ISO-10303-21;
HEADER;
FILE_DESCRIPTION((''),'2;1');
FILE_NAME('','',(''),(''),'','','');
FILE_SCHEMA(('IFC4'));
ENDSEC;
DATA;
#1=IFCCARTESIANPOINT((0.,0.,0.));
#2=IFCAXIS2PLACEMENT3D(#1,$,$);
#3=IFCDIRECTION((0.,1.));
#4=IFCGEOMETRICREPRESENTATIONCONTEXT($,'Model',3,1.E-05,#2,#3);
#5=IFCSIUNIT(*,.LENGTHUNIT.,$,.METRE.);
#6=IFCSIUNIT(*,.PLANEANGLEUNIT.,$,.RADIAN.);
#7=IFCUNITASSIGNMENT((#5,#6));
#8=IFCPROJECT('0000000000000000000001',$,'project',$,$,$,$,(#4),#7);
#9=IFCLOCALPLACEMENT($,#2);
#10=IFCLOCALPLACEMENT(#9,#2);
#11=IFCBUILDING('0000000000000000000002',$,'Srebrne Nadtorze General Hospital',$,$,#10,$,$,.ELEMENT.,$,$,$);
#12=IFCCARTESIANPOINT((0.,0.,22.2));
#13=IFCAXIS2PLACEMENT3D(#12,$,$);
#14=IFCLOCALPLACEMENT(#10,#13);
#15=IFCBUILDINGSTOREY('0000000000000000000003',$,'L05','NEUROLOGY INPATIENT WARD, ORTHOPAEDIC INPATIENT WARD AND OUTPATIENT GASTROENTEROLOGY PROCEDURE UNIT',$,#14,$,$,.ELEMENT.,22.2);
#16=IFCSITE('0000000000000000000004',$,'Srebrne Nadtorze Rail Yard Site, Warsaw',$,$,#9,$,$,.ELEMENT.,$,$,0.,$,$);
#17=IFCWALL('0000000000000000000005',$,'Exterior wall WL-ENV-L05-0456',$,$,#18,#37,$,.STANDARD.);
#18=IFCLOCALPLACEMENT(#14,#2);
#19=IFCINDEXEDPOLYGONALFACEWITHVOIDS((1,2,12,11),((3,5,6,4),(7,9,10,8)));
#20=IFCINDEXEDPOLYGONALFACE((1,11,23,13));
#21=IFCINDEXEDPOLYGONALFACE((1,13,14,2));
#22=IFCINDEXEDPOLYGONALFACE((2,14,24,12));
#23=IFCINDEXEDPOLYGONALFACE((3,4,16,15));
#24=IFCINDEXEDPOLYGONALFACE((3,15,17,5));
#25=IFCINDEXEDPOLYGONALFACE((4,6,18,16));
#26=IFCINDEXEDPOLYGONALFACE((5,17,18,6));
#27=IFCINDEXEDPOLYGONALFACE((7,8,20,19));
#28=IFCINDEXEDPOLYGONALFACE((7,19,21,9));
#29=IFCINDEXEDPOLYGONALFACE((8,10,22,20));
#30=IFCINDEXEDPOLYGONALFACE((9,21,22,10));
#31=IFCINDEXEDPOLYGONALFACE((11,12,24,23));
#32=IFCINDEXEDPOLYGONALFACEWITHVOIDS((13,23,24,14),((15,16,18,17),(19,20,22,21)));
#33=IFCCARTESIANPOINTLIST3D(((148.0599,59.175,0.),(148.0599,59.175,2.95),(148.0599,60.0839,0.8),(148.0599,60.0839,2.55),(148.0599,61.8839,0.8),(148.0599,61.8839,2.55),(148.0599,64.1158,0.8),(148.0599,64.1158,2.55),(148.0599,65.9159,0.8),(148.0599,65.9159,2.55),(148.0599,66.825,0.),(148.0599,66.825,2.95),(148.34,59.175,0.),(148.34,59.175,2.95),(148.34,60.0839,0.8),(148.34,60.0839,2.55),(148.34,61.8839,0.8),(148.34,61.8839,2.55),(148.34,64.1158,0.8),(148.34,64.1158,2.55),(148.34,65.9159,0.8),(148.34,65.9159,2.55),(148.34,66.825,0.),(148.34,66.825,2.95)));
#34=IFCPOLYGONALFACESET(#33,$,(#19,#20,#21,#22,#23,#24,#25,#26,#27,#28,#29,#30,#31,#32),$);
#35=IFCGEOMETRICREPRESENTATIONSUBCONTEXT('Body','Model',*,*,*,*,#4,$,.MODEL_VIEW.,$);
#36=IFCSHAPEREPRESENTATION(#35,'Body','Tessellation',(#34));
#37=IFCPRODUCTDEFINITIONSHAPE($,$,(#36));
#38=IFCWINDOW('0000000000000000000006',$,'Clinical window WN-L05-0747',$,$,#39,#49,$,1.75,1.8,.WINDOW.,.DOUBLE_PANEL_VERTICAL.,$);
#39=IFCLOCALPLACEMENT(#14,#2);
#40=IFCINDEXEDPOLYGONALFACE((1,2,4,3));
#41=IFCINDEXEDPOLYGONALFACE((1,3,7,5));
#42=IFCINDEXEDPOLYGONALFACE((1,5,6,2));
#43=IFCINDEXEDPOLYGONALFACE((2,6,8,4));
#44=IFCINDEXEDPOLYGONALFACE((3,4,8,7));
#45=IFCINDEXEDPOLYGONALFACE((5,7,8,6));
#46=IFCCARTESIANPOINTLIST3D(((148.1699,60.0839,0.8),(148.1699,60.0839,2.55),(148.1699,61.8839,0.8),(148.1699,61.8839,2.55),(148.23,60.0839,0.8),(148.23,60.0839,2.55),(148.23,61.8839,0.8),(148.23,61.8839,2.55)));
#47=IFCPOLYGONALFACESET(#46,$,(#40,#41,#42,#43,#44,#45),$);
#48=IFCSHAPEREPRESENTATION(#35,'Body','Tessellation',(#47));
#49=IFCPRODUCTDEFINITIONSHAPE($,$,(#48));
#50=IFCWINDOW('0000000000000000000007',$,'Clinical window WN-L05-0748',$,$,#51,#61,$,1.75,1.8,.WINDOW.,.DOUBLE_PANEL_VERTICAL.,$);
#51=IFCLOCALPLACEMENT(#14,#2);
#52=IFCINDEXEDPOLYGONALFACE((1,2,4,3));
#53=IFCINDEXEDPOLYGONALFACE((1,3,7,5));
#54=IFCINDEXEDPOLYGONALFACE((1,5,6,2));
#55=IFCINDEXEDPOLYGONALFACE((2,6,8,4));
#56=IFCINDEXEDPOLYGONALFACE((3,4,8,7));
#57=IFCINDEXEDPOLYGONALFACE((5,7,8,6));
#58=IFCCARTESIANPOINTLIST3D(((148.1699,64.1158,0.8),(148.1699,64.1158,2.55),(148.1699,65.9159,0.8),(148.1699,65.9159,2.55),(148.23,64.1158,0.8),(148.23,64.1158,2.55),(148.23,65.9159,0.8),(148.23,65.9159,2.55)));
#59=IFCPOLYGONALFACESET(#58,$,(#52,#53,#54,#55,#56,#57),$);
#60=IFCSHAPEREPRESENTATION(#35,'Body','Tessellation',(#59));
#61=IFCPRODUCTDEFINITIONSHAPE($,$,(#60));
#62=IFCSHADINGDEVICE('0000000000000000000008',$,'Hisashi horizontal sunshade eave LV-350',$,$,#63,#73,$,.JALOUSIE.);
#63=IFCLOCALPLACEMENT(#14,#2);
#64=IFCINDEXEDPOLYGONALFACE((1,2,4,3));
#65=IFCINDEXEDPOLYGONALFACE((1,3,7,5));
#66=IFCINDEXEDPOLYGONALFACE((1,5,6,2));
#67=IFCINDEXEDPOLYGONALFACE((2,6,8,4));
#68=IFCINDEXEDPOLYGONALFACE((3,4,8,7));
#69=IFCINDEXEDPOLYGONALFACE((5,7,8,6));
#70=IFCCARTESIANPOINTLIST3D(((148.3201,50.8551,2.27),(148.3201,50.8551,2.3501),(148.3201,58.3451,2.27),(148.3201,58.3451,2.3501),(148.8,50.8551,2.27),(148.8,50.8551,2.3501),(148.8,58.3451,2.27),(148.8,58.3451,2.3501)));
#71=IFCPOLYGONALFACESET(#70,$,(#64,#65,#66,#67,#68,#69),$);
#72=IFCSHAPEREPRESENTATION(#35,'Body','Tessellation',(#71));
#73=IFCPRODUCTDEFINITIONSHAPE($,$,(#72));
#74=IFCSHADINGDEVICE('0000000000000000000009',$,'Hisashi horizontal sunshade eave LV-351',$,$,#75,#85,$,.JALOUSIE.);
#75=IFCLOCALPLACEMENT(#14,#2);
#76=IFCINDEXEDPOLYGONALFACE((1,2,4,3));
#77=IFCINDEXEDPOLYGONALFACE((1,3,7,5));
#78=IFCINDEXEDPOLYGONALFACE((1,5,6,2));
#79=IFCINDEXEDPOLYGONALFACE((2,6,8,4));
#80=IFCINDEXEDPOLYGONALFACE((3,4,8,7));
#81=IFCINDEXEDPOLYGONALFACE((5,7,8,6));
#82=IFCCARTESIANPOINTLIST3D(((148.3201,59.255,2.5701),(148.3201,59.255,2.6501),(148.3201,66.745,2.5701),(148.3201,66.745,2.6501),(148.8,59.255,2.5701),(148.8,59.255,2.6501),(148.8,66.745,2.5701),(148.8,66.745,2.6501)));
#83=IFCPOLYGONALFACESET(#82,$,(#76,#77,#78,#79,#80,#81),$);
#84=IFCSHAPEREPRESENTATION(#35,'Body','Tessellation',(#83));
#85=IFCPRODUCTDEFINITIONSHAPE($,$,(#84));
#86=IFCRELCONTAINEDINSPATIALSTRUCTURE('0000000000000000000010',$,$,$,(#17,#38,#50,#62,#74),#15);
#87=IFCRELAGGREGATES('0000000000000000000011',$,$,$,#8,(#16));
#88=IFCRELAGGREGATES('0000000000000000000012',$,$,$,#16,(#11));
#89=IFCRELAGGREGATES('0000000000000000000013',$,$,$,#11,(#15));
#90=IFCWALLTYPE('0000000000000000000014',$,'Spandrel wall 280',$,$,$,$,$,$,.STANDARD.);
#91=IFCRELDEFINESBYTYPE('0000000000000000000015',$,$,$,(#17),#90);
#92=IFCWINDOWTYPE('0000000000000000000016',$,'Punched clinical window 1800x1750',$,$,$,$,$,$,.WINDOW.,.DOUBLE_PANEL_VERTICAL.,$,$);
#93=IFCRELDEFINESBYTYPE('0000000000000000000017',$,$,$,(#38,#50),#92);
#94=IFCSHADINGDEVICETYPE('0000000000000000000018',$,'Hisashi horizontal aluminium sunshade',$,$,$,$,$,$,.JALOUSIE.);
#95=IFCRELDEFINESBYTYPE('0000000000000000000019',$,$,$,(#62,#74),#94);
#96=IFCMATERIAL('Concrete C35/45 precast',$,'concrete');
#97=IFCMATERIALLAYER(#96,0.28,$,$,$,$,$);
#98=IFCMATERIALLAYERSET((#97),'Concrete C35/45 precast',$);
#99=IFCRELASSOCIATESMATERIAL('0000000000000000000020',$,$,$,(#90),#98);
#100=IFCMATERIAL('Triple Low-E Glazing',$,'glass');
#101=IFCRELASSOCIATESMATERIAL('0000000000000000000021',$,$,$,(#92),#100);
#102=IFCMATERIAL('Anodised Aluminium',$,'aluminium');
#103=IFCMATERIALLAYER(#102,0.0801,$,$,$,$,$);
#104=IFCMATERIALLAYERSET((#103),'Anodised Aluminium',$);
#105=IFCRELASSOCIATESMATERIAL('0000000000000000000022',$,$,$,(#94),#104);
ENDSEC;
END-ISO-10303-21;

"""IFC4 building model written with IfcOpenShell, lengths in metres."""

from ifc_helpers import new_model, si_unit, direction, frame, frame_2d, origin, origin_2d, place, context, subcontext, project, spatial, rectangle, extrude, material, layer, layer_set, type_object, element, fill, save


model = new_model("IFC4")

# Units and contexts
model_context = context("Model", 3, precision=1e-05, world=origin(), true_north=direction((0.0, 1.0)))
body_context = subcontext(model_context, "Body", "Model", "MODEL_VIEW")
ifc_project = project(units=[si_unit("LENGTHUNIT", "METRE"), si_unit("PLANEANGLEUNIT", "RADIAN")], contexts=[model_context])

# Site, building, storey
site_placement = place(None, origin())
site = spatial("IfcSite", under=ifc_project, at=site_placement, Name="Srebrne Nadtorze Rail Yard Site, Warsaw", CompositionType="ELEMENT", RefElevation=0.0)
building_placement = place(site_placement, origin())
building = spatial("IfcBuilding", under=site, at=building_placement, Name="Srebrne Nadtorze General Hospital", CompositionType="ELEMENT")
storey_placement = place(building_placement, frame((0.0, 0.0, 22.2)))
storey = spatial("IfcBuildingStorey", under=building, at=storey_placement, Name="L05", Description="NEUROLOGY INPATIENT WARD, ORTHOPAEDIC INPATIENT WARD AND OUTPATIENT GASTROENTEROLOGY PROCEDURE UNIT", CompositionType="ELEMENT", Elevation=22.2)

# Wall, openings, windows
ifc_material_1 = material(Name="Concrete C35/45 precast", Category="concrete")
ifc_layer_1 = layer(ifc_material_1, 0.28)
ifc_layer_set_1 = layer_set([ifc_layer_1], Name="Concrete C35/45 precast")
wall_type_1 = type_object("IfcWallType", Name="Spandrel wall 280", PredefinedType="STANDARD", material=ifc_layer_set_1)
wall_1_placement = place(storey_placement, frame((148.2, 59.175, 0.0), z_axis=(0.0, 0.0, 1.0), x_axis=(0.0, 1.0, 0.0)))
wall_1 = element("IfcWall", 1, at=wall_1_placement, inside=storey, type_object=wall_type_1, Name="Exterior wall WL-ENV-L05-0456", PredefinedType="STANDARD", context=body_context, shape_type="SweptSolid", body=[
    extrude(rectangle(XDim=7.6499, YDim=0.28, at=frame_2d((3.825, 0.0))), origin(), (0.0, 0.0, 1.0), 2.95),
])
opening_1_placement = place(wall_1_placement, frame((0.9089, 0.0, 0.8)))
opening_1 = element("IfcOpeningElement", 2, at=opening_1_placement, cuts=wall_1, PredefinedType="OPENING", context=body_context, shape_type="SweptSolid", body=[
    extrude(rectangle(XDim=1.8, YDim=1.75, at=frame_2d((0.8999, 0.875))), frame((0.0, 0.1519, 0.0), z_axis=(0.0, -1.0, 0.0), x_axis=(1.0, 0.0, 0.0)), (0.0, 0.0, 1.0), 0.304),
])
opening_2_placement = place(wall_1_placement, frame((4.9409, 0.0, 0.8)))
opening_2 = element("IfcOpeningElement", 3, at=opening_2_placement, cuts=wall_1, PredefinedType="OPENING", context=body_context, shape_type="SweptSolid", body=[
    extrude(rectangle(XDim=1.8, YDim=1.75, at=frame_2d((0.8999, 0.875))), frame((0.0, 0.1519, 0.0), z_axis=(0.0, -1.0, 0.0), x_axis=(1.0, 0.0, 0.0)), (0.0, 0.0, 1.0), 0.304),
])
ifc_material_2 = material(Name="Triple Low-E Glazing", Category="glass")
window_type = type_object("IfcWindowType", Name="Punched clinical window 1800x1750", PartitioningType="DOUBLE_PANEL_VERTICAL", PredefinedType="WINDOW", material=ifc_material_2)
window_1_placement = place(opening_1_placement, origin())
window_1 = element("IfcWindow", 4, at=window_1_placement, inside=storey, type_object=window_type, Name="Clinical window WN-L05-0747", OverallHeight=1.75, OverallWidth=1.8, PartitioningType="DOUBLE_PANEL_VERTICAL", PredefinedType="WINDOW", context=body_context, shape_type="SweptSolid", body=[
    extrude(rectangle(XDim=1.8, YDim=1.75, at=frame_2d((0.8999, 0.875))), frame((0.0, 0.03, 0.0), z_axis=(0.0, -1.0, 0.0), x_axis=(1.0, 0.0, 0.0)), (0.0, 0.0, 1.0), 0.0601),
])
fill(opening_1, window_1)
window_2_placement = place(opening_2_placement, origin())
window_2 = element("IfcWindow", 5, at=window_2_placement, inside=storey, type_object=window_type, Name="Clinical window WN-L05-0748", OverallHeight=1.75, OverallWidth=1.8, PartitioningType="DOUBLE_PANEL_VERTICAL", PredefinedType="WINDOW", context=body_context, shape_type="SweptSolid", body=[
    extrude(rectangle(XDim=1.8, YDim=1.75, at=frame_2d((0.8999, 0.875))), frame((0.0, 0.03, 0.0), z_axis=(0.0, -1.0, 0.0), x_axis=(1.0, 0.0, 0.0)), (0.0, 0.0, 1.0), 0.0601),
])
fill(opening_2, window_2)

# Shading devices
ifc_material_3 = material(Name="Anodised Aluminium", Category="aluminium")
ifc_layer_2 = layer(ifc_material_3, 0.0801)
ifc_layer_set_2 = layer_set([ifc_layer_2], Name="Anodised Aluminium")
shading_device_type = type_object("IfcShadingDeviceType", Name="Hisashi horizontal aluminium sunshade", PredefinedType="JALOUSIE", material=ifc_layer_set_2)
for number, where, z_axis, x_axis, name in (
    (6, (148.5601, 54.6001, 2.27), (0.0, 0.0, 1.0), (1.0, 0.0, 0.0), "Hisashi horizontal sunshade eave LV-350"),
    (7, (148.5601, 63.0, 2.5701), (0.0, 0.0, 1.0), (1.0, 0.0, 0.0), "Hisashi horizontal sunshade eave LV-351"),
):
    element("IfcShadingDevice", number, at=place(storey_placement, frame(where, z_axis=z_axis, x_axis=x_axis)), inside=storey, type_object=shading_device_type, Name=name, PredefinedType="JALOUSIE", context=body_context, shape_type="SweptSolid", body=[
        extrude(rectangle(XDim=0.48, YDim=7.49, at=origin_2d()), origin(), (0.0, 0.0, 1.0), 0.0801),
    ])

save(model, "model.ifc")
